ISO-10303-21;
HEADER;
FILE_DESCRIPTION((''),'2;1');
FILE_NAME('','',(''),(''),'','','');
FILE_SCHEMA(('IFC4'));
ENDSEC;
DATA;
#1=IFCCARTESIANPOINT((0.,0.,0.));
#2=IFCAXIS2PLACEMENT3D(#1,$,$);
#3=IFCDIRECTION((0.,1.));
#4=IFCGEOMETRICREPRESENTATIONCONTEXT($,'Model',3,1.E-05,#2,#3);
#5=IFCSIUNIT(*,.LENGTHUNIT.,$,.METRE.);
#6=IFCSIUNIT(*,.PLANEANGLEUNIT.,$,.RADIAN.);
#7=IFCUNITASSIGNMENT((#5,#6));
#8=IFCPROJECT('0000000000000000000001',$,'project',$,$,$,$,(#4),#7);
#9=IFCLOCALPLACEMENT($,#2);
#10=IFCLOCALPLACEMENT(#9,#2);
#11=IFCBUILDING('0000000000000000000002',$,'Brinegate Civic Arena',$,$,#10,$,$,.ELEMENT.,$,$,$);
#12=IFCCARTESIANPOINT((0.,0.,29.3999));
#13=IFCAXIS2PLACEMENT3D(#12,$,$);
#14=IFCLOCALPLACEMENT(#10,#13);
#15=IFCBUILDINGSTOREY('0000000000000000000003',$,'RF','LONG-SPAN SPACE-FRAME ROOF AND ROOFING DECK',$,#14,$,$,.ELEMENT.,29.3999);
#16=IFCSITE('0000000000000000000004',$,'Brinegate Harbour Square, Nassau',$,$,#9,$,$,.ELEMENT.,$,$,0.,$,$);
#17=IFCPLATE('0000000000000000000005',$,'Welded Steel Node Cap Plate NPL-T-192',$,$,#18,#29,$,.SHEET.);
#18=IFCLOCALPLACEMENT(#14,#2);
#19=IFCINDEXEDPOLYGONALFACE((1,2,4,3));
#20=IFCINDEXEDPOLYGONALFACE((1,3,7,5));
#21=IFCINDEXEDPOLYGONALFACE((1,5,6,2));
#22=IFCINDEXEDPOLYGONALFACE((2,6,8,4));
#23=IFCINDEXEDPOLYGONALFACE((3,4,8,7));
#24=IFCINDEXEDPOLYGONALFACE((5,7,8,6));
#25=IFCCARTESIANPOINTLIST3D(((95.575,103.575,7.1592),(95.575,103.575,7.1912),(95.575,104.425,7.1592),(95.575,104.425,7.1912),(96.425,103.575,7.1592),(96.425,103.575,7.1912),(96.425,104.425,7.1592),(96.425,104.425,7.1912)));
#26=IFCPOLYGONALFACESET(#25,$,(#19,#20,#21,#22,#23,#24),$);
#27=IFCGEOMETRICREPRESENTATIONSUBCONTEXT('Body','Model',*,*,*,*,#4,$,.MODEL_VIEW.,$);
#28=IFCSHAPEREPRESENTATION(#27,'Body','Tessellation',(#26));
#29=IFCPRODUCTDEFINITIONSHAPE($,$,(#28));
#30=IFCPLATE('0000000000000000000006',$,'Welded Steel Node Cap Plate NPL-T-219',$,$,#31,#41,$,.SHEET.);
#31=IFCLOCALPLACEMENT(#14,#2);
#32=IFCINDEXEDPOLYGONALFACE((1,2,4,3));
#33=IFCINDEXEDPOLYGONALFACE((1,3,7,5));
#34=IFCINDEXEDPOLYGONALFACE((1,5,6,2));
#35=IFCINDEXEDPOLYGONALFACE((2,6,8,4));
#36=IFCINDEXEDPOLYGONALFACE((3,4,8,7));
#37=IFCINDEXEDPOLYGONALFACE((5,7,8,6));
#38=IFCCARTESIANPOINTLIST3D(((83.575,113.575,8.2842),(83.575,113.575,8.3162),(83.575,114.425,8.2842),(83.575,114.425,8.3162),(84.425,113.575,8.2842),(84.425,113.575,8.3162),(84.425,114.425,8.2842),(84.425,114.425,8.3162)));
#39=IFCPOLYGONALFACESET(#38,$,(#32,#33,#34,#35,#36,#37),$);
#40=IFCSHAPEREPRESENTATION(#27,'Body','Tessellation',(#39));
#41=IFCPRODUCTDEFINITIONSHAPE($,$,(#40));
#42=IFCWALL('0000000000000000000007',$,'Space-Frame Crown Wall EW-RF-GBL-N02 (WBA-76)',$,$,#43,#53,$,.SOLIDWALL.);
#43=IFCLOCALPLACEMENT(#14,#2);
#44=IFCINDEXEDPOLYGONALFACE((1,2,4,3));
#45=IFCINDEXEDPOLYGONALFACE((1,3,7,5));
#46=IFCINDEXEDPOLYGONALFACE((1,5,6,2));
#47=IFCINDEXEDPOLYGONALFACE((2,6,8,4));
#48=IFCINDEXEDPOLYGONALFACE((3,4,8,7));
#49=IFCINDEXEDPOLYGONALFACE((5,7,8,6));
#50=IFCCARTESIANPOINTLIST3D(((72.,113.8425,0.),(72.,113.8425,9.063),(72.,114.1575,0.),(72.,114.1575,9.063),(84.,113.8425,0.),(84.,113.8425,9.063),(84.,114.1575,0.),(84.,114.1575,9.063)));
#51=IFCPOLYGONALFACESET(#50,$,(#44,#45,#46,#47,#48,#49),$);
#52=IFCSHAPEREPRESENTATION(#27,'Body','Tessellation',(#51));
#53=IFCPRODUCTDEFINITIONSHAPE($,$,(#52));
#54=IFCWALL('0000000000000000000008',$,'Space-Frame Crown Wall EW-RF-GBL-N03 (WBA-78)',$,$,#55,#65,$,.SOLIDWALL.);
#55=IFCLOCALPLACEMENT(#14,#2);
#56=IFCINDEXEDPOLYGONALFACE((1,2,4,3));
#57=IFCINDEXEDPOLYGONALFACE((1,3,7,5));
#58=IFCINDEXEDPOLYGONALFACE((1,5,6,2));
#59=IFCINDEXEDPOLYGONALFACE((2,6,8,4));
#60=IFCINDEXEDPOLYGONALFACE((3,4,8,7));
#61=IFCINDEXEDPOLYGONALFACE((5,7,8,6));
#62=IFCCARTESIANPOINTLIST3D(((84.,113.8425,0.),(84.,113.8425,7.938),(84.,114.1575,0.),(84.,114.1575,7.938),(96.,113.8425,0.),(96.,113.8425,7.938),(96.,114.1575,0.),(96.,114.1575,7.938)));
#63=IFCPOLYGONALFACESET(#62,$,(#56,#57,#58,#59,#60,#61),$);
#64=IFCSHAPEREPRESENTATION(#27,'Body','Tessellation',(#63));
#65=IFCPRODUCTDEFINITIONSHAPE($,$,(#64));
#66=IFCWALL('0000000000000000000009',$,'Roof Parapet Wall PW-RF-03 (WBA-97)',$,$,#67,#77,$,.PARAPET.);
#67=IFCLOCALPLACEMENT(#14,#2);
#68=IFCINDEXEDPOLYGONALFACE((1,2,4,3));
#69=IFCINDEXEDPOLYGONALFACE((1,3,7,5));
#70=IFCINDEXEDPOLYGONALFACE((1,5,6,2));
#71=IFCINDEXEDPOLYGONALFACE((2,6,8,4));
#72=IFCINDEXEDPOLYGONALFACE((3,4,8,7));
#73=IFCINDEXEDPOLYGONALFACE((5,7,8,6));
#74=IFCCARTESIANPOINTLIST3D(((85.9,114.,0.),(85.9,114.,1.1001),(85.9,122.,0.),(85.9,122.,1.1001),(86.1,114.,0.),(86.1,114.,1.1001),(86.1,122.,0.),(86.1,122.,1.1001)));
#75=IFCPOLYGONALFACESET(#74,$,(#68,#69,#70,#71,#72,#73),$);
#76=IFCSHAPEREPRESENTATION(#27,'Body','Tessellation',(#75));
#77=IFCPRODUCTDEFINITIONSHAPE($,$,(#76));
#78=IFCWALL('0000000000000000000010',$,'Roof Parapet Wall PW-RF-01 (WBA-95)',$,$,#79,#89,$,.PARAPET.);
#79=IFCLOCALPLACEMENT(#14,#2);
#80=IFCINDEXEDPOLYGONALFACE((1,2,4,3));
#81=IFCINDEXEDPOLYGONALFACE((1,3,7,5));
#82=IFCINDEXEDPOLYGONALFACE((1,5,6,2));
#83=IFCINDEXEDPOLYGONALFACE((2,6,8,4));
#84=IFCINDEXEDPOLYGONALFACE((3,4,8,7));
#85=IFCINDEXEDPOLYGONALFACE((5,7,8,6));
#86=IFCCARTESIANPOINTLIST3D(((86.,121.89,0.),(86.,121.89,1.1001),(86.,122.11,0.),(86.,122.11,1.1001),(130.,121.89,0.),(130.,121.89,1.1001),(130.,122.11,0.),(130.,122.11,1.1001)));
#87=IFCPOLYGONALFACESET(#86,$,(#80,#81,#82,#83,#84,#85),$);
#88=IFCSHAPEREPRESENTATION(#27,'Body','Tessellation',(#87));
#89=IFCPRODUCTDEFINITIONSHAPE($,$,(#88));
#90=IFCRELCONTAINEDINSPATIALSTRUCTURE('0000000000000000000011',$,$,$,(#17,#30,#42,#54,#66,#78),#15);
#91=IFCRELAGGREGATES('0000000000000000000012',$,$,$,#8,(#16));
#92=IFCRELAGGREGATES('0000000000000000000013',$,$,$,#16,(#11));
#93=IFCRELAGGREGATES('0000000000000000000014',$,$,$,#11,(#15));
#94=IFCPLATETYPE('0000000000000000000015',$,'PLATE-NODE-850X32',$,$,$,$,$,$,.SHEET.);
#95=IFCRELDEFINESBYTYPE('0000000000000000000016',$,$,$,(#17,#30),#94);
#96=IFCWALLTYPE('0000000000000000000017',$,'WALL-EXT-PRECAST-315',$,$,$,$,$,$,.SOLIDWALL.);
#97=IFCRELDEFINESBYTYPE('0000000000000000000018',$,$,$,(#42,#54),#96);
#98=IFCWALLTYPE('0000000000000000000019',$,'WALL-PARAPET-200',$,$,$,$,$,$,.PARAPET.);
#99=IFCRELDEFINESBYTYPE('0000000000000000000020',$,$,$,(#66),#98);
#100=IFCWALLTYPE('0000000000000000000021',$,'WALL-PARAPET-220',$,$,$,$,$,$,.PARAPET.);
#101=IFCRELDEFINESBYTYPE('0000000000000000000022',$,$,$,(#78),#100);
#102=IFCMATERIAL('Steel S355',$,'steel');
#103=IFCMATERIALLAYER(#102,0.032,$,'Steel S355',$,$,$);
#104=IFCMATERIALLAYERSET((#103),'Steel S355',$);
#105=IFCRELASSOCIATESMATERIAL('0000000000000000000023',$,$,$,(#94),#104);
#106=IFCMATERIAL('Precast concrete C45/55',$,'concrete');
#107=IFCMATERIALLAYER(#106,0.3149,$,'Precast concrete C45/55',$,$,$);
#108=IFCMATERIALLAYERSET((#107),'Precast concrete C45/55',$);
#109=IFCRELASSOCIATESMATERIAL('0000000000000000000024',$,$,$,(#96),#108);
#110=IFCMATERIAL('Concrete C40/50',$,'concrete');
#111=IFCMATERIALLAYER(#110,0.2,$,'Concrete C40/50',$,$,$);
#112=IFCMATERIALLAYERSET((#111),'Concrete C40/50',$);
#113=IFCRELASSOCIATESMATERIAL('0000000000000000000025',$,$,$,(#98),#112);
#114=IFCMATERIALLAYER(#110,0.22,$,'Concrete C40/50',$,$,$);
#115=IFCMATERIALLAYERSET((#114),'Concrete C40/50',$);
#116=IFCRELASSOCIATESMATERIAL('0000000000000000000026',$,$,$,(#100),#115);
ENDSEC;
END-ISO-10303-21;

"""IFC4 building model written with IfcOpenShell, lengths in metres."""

from ifc_helpers import new_model, si_unit, direction, frame, frame_2d, origin, origin_2d, place, context, subcontext, project, spatial, rectangle, extrude, material, layer, layer_set, type_object, element, save


model = new_model("IFC4")

# Units and contexts
model_context = context("Model", 3, precision=1e-05, world=origin(), true_north=direction((0.0, 1.0)))
body_context = subcontext(model_context, "Body", "Model", "MODEL_VIEW")
ifc_project = project(units=[si_unit("LENGTHUNIT", "METRE"), si_unit("PLANEANGLEUNIT", "RADIAN")], contexts=[model_context])

# Site, building, storey
site_placement = place(None, origin())
site = spatial("IfcSite", under=ifc_project, at=site_placement, Name="Brinegate Harbour Square, Nassau", CompositionType="ELEMENT", RefElevation=0.0)
building_placement = place(site_placement, origin())
building = spatial("IfcBuilding", under=site, at=building_placement, Name="Brinegate Civic Arena", CompositionType="ELEMENT")
storey_placement = place(building_placement, frame((0.0, 0.0, 29.3999)))
storey = spatial("IfcBuildingStorey", under=building, at=storey_placement, Name="RF", Description="LONG-SPAN SPACE-FRAME ROOF AND ROOFING DECK", CompositionType="ELEMENT", Elevation=29.3999)

# Shared definitions
ifc_material_1 = material(Name="Steel S355", Category="steel")

# Plates
ifc_layer_1 = layer(ifc_material_1, 0.032, Name="Steel S355")
ifc_layer_set_1 = layer_set([ifc_layer_1], Name="Steel S355")
plate_type_1 = type_object("IfcPlateType", Name="PLATE-NODE-850X32", PredefinedType="SHEET", material=ifc_layer_set_1)
for number, where, z_axis, x_axis, name in (
    (1, (96.0, 104.0, 7.1592), (0.0, 0.0, 1.0), (1.0, 0.0, 0.0), "Welded Steel Node Cap Plate NPL-T-192"),
    (2, (84.0, 114.0, 8.2842), (0.0, 0.0, 1.0), (1.0, 0.0, 0.0), "Welded Steel Node Cap Plate NPL-T-219"),
):
    element("IfcPlate", number, at=place(storey_placement, frame(where, z_axis=z_axis, x_axis=x_axis)), inside=storey, type_object=plate_type_1, Name=name, PredefinedType="SHEET", context=body_context, shape_type="SweptSolid", body=[
        extrude(rectangle(XDim=0.8501, YDim=0.8501, at=origin_2d()), origin(), (0.0, 0.0, 1.0), 0.032),
    ])

# Walls
ifc_material_2 = material(Name="Precast concrete C45/55", Category="concrete")
ifc_layer_2 = layer(ifc_material_2, 0.3149, Name="Precast concrete C45/55")
ifc_layer_set_2 = layer_set([ifc_layer_2], Name="Precast concrete C45/55")
wall_type_1 = type_object("IfcWallType", Name="WALL-EXT-PRECAST-315", PredefinedType="SOLIDWALL", material=ifc_layer_set_2)
wall_1_placement = place(storey_placement, frame((72.0, 114.0, 0.0), z_axis=(0.0, 0.0, 1.0), x_axis=(1.0, 0.0, 0.0)))
element("IfcWall", 3, at=wall_1_placement, inside=storey, type_object=wall_type_1, Name="Space-Frame Crown Wall EW-RF-GBL-N02 (WBA-76)", PredefinedType="SOLIDWALL", context=body_context, shape_type="SweptSolid", body=[
    extrude(rectangle(XDim=12.0, YDim=0.3149, at=frame_2d((6.0, 0.0))), origin(), (0.0, 0.0, 1.0), 9.063),
])
wall_2_placement = place(storey_placement, frame((84.0, 114.0, 0.0), z_axis=(0.0, 0.0, 1.0), x_axis=(1.0, 0.0, 0.0)))
element("IfcWall", 4, at=wall_2_placement, inside=storey, type_object=wall_type_1, Name="Space-Frame Crown Wall EW-RF-GBL-N03 (WBA-78)", PredefinedType="SOLIDWALL", context=body_context, shape_type="SweptSolid", body=[
    extrude(rectangle(XDim=12.0, YDim=0.3149, at=frame_2d((6.0, 0.0))), origin(), (0.0, 0.0, 1.0), 7.938),
])
ifc_material_3 = material(Name="Concrete C40/50", Category="concrete")
ifc_layer_3 = layer(ifc_material_3, 0.2, Name="Concrete C40/50")
ifc_layer_set_3 = layer_set([ifc_layer_3], Name="Concrete C40/50")
wall_type_2 = type_object("IfcWallType", Name="WALL-PARAPET-200", PredefinedType="PARAPET", material=ifc_layer_set_3)
wall_3_placement = place(storey_placement, frame((86.0, 114.0, 0.0), z_axis=(0.0, 0.0, 1.0), x_axis=(0.0, 1.0, 0.0)))
element("IfcWall", 5, at=wall_3_placement, inside=storey, type_object=wall_type_2, Name="Roof Parapet Wall PW-RF-03 (WBA-97)", PredefinedType="PARAPET", context=body_context, shape_type="SweptSolid", body=[
    extrude(rectangle(XDim=8.0, YDim=0.2, at=frame_2d((4.0, 0.0))), origin(), (0.0, 0.0, 1.0), 1.1001),
])
ifc_layer_4 = layer(ifc_material_3, 0.22, Name="Concrete C40/50")
ifc_layer_set_4 = layer_set([ifc_layer_4], Name="Concrete C40/50")
wall_type_3 = type_object("IfcWallType", Name="WALL-PARAPET-220", PredefinedType="PARAPET", material=ifc_layer_set_4)
wall_4_placement = place(storey_placement, frame((86.0, 122.0, 0.0), z_axis=(0.0, 0.0, 1.0), x_axis=(1.0, 0.0, 0.0)))
element("IfcWall", 6, at=wall_4_placement, inside=storey, type_object=wall_type_3, Name="Roof Parapet Wall PW-RF-01 (WBA-95)", PredefinedType="PARAPET", context=body_context, shape_type="SweptSolid", body=[
    extrude(rectangle(XDim=44.0, YDim=0.22, at=frame_2d((22.0, 0.0))), origin(), (0.0, 0.0, 1.0), 1.1001),
])

save(model, "model.ifc")
